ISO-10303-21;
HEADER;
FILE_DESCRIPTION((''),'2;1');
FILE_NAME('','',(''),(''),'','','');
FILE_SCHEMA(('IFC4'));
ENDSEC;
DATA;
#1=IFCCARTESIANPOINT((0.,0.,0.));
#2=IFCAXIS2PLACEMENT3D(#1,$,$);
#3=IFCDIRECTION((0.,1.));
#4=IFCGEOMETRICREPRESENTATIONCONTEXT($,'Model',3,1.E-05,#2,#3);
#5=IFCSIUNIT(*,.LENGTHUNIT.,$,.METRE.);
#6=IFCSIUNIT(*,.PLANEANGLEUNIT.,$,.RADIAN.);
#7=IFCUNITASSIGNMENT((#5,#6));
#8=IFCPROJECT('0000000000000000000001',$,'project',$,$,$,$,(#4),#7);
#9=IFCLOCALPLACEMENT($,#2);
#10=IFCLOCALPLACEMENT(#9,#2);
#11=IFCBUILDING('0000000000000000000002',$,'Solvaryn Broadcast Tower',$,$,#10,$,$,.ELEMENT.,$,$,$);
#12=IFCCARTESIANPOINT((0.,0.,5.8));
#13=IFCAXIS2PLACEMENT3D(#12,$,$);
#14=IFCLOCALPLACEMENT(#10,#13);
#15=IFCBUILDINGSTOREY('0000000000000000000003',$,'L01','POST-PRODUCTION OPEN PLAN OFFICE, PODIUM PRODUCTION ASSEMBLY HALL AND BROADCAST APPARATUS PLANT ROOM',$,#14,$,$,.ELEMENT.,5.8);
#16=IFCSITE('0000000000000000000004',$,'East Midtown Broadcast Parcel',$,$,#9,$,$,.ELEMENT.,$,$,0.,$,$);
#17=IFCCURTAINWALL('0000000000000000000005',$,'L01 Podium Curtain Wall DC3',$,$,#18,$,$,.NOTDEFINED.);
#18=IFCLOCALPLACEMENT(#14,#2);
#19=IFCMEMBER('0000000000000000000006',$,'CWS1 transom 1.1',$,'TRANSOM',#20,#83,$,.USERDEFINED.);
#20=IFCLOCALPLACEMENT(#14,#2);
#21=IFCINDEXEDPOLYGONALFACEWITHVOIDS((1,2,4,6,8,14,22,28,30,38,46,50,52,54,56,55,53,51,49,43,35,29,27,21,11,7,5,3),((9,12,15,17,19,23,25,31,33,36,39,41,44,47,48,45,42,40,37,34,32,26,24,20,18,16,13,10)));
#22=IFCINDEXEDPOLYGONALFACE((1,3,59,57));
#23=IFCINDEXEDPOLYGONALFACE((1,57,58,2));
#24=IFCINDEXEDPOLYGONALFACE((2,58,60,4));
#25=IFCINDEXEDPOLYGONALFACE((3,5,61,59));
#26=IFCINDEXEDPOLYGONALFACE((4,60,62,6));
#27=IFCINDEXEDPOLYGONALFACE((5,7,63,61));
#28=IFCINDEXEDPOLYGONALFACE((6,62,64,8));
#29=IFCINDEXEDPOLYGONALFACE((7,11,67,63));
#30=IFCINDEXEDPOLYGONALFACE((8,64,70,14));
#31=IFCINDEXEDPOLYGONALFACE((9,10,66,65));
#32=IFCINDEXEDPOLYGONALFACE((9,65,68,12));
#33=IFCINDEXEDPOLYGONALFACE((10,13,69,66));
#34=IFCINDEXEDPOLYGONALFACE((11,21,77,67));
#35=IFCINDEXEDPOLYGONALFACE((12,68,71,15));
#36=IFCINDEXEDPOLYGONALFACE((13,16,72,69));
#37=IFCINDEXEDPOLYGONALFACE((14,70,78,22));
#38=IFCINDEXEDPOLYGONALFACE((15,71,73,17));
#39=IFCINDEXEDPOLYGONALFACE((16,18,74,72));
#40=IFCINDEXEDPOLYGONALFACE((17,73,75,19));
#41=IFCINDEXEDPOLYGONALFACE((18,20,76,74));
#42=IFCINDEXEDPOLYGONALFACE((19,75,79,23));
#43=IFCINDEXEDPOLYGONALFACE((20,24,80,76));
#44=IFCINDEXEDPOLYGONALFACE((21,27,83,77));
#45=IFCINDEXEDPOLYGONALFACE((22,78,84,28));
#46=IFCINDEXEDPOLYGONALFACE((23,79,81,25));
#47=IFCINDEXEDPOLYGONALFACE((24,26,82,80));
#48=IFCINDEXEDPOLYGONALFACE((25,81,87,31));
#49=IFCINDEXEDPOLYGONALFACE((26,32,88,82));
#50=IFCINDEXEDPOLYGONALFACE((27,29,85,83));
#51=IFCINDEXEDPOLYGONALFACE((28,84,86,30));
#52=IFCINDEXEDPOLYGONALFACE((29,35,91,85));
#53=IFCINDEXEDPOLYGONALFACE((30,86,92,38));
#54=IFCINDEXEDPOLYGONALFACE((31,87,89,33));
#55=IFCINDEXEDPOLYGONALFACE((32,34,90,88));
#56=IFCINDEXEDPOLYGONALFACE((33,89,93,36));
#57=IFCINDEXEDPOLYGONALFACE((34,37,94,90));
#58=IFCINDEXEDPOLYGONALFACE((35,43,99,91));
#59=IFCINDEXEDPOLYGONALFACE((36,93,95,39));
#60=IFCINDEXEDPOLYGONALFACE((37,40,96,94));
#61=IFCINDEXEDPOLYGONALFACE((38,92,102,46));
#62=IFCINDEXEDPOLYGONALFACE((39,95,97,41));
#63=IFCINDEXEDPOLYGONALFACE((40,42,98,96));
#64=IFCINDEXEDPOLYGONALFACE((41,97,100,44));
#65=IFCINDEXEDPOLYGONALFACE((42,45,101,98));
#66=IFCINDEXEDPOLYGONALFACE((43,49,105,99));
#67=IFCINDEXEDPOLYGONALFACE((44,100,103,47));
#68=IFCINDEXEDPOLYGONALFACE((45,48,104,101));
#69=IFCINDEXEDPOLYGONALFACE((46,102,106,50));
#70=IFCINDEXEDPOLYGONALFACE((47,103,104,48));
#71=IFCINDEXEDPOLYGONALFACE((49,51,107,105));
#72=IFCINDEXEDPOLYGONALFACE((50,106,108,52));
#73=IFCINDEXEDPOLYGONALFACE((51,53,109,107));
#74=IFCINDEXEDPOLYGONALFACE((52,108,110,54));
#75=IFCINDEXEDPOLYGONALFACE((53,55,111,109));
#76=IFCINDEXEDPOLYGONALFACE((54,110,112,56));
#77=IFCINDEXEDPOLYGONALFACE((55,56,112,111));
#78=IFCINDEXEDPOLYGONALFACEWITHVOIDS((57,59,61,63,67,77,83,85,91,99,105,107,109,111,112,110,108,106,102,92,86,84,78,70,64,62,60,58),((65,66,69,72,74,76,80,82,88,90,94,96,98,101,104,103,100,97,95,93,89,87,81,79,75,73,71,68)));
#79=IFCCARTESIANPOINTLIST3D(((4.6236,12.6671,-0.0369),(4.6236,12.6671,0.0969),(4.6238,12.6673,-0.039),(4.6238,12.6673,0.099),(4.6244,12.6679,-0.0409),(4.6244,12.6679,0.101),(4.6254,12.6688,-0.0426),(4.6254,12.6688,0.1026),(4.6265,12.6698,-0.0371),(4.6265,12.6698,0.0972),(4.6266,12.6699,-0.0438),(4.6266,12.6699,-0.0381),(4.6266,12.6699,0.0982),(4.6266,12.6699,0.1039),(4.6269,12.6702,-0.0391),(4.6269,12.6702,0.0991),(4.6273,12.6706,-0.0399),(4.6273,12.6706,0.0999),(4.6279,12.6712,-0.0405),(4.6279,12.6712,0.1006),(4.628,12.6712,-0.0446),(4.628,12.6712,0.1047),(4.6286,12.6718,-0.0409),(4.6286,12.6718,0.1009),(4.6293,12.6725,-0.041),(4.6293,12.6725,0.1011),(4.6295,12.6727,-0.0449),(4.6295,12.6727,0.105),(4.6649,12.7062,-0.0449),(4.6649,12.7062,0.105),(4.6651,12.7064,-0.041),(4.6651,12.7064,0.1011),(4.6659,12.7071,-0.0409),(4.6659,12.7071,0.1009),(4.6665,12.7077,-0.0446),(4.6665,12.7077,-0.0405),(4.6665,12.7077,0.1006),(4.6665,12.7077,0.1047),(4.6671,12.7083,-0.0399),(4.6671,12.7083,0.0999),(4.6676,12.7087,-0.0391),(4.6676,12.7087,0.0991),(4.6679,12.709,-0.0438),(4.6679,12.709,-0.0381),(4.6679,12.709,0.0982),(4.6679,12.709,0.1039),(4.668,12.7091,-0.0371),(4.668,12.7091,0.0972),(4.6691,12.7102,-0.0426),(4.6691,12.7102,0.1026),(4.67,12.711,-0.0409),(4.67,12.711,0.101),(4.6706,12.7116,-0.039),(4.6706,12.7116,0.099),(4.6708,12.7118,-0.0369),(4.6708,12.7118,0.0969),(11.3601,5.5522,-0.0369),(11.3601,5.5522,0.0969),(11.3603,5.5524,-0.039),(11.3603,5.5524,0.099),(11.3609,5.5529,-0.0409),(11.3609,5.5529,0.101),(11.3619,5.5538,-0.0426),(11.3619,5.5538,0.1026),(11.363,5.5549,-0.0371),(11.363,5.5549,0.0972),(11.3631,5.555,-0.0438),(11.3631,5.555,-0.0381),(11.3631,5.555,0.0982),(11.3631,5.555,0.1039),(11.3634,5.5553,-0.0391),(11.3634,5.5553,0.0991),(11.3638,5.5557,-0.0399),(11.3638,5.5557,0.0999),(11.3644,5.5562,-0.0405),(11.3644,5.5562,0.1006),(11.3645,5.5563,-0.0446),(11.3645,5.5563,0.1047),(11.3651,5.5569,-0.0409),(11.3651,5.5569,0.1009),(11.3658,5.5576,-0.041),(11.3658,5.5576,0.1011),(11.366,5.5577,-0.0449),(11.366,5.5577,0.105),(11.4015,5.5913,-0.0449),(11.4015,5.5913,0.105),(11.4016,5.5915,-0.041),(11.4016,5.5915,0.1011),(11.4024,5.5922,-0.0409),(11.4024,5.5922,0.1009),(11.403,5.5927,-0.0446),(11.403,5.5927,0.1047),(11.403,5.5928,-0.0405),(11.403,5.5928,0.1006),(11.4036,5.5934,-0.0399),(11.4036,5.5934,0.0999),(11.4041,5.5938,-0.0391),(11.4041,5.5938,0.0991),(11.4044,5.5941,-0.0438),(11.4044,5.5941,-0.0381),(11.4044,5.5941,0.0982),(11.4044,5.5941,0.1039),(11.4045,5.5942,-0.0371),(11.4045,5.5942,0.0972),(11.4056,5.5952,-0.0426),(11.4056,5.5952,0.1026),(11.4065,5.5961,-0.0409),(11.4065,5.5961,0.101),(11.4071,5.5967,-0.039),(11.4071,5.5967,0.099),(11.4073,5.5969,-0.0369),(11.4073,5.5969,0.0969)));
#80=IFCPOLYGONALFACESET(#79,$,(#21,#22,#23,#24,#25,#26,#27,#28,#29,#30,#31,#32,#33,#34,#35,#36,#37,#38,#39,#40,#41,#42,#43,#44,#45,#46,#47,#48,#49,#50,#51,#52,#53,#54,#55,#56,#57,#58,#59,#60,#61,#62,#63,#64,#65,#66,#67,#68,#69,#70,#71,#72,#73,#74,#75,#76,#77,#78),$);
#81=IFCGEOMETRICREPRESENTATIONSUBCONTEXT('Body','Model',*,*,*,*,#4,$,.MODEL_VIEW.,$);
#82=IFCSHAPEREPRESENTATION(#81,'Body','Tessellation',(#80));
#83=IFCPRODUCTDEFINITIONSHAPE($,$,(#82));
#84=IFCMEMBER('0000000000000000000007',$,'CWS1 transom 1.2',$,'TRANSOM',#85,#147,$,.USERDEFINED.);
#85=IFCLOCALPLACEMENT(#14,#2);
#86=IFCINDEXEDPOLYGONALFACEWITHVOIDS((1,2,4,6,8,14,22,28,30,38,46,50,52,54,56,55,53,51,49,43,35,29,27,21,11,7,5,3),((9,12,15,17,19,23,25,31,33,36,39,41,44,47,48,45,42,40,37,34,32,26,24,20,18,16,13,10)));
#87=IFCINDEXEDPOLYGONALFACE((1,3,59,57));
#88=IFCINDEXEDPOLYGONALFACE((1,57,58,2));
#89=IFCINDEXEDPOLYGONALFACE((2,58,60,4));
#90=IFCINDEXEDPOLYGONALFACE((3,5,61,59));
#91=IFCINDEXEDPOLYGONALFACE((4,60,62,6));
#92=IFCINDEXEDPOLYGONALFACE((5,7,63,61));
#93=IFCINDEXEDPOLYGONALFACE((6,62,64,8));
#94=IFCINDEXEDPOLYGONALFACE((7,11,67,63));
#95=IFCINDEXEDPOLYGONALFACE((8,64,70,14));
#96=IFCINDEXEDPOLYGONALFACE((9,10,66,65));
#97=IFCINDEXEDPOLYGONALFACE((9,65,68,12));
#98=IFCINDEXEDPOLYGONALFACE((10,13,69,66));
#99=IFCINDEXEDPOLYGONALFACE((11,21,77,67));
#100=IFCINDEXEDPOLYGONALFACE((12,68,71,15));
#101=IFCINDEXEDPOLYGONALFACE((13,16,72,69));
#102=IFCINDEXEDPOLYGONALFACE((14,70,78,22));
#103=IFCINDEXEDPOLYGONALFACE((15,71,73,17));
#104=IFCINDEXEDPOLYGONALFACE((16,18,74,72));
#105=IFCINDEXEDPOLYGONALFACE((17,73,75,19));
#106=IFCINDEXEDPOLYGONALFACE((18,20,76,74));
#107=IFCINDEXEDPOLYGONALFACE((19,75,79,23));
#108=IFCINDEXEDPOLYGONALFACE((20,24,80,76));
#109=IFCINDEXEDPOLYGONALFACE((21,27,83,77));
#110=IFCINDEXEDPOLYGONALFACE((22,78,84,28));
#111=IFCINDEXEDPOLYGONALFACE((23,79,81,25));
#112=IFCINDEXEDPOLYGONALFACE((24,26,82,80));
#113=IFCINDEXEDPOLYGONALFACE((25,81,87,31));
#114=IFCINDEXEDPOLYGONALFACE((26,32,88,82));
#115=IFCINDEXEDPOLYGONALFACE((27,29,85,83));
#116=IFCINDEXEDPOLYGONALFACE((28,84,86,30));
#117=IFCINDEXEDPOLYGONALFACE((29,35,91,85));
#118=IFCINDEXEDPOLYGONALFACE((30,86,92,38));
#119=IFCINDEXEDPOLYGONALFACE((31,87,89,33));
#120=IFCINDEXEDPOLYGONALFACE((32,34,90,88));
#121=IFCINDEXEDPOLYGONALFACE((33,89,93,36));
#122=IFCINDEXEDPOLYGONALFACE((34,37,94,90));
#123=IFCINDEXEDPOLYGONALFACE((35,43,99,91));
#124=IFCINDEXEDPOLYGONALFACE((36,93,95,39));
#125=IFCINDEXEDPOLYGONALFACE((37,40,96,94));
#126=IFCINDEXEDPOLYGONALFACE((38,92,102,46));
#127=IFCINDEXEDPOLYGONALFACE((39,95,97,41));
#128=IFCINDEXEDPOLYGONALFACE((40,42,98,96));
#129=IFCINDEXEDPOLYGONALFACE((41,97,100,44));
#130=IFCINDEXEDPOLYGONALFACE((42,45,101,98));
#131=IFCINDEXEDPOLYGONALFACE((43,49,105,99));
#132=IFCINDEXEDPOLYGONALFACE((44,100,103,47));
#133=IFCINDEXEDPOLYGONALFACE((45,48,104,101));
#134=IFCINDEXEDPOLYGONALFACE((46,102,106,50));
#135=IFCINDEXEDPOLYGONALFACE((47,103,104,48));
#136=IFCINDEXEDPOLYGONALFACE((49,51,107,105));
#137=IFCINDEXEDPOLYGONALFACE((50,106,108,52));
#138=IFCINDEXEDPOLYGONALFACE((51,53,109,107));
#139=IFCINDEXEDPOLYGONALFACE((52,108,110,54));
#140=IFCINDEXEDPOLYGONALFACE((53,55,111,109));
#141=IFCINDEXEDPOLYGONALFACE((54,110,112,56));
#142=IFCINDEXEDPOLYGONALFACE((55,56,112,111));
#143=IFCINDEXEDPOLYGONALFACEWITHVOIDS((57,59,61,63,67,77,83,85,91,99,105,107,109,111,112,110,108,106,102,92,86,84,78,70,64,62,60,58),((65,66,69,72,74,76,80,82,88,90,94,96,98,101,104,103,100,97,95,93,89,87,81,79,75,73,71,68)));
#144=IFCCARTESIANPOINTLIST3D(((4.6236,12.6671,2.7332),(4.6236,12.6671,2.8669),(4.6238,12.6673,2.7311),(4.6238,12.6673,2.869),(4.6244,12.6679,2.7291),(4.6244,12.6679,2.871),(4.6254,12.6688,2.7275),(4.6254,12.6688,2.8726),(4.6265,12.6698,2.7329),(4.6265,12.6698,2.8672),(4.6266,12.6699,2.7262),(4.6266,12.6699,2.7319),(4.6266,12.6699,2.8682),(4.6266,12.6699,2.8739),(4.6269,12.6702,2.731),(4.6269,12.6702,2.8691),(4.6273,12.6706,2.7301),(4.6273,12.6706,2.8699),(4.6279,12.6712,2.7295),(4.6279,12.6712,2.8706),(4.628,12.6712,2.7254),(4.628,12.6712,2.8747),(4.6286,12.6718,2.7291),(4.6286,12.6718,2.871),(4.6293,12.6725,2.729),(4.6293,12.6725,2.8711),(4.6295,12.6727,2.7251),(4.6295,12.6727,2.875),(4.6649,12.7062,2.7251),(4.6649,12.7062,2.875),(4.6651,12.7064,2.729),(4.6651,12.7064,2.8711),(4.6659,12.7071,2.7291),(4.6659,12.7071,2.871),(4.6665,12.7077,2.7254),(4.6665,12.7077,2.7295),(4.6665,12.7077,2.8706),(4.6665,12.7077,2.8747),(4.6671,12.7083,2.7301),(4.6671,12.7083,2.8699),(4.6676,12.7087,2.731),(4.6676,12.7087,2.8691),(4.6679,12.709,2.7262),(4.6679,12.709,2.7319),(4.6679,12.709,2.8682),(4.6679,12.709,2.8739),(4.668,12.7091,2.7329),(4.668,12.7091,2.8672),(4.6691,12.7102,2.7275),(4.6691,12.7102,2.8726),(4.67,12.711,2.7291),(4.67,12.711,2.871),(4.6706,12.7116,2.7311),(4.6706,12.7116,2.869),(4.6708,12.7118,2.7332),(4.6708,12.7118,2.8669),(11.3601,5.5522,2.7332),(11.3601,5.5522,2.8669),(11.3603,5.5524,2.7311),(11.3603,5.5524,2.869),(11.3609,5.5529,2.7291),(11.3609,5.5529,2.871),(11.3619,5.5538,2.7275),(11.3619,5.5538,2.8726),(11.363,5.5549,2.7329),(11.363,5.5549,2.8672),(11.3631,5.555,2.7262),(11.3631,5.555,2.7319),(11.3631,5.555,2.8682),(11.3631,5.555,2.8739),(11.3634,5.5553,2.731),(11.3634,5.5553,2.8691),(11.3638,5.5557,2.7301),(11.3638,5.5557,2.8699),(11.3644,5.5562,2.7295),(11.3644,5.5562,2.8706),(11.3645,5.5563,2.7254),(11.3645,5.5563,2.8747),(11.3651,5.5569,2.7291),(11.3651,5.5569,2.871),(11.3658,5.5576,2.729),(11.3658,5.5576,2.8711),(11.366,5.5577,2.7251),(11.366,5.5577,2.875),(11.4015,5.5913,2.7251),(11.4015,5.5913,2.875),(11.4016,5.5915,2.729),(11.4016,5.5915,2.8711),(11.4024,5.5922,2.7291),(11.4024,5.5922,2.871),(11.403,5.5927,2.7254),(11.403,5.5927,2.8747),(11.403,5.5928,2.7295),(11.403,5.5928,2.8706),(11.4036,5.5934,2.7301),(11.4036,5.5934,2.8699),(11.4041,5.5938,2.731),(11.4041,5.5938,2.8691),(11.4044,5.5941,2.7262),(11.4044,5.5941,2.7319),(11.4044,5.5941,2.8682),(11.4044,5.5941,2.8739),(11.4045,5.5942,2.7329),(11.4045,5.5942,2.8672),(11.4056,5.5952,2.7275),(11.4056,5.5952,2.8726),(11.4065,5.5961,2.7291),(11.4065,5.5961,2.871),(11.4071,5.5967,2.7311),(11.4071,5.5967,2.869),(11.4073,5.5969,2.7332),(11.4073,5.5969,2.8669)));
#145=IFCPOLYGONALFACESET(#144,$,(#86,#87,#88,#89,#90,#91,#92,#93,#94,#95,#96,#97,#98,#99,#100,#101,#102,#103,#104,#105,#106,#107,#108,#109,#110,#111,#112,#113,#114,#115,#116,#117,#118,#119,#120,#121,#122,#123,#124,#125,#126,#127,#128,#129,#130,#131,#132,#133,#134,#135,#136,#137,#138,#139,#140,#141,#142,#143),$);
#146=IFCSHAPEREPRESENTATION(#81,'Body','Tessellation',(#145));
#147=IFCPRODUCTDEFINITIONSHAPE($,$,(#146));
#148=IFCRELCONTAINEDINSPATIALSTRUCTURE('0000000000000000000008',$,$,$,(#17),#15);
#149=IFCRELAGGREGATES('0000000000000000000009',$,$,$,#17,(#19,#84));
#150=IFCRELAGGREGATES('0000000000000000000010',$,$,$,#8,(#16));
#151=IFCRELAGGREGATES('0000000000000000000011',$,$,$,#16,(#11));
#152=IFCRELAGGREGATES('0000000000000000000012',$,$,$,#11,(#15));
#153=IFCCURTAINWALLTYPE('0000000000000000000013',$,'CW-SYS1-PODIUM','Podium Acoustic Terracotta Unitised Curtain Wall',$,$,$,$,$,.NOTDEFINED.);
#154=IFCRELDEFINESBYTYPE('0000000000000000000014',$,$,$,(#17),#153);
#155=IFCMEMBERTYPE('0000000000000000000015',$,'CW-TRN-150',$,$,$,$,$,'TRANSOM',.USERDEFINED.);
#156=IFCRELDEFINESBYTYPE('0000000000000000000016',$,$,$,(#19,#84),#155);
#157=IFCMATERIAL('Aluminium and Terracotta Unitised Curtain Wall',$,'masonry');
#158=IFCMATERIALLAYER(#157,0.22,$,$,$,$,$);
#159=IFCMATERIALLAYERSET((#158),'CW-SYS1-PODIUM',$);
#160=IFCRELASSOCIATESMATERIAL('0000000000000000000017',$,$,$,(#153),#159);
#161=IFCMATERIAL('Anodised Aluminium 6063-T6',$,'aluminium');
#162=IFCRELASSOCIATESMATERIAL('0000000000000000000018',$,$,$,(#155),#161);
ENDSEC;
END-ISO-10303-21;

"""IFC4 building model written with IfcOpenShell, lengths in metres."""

from ifc_helpers import new_model, si_unit, direction, frame, origin, origin_2d, place, context, subcontext, project, spatial, hollow_rectangle, extrude, material, layer, layer_set, material_profile, profile_set, type_object, element, aggregate, save


model = new_model("IFC4")

# Units and contexts
model_context = context("Model", 3, precision=1e-05, world=origin(), true_north=direction((0.0, 1.0)))
body_context = subcontext(model_context, "Body", "Model", "MODEL_VIEW")
ifc_project = project(units=[si_unit("LENGTHUNIT", "METRE"), si_unit("PLANEANGLEUNIT", "RADIAN")], contexts=[model_context])

# Site, building, storey
site_placement = place(None, origin())
site = spatial("IfcSite", under=ifc_project, at=site_placement, Name="East Midtown Broadcast Parcel", CompositionType="ELEMENT", RefElevation=0.0)
building_placement = place(site_placement, origin())
building = spatial("IfcBuilding", under=site, at=building_placement, Name="Solvaryn Broadcast Tower", CompositionType="ELEMENT")
storey_placement = place(building_placement, frame((0.0, 0.0, 5.8)))
storey = spatial("IfcBuildingStorey", under=building, at=storey_placement, Name="L01", Description="POST-PRODUCTION OPEN PLAN OFFICE, PODIUM PRODUCTION ASSEMBLY HALL AND BROADCAST APPARATUS PLANT ROOM", CompositionType="ELEMENT", Elevation=5.8)

# Shared definitions
ifc_material_1 = material(Name="Aluminium and Terracotta Unitised Curtain Wall", Category="masonry")
ifc_layer_1 = layer(ifc_material_1, 0.22)
ifc_layer_set_1 = layer_set([ifc_layer_1], Name="CW-SYS1-PODIUM")
curtain_wall_type = type_object("IfcCurtainWallType", Name="CW-SYS1-PODIUM", Description="Podium Acoustic Terracotta Unitised Curtain Wall", PredefinedType="NOTDEFINED", material=ifc_layer_set_1)

# Curtain wall, members
curtain_wall_1_placement = place(storey_placement, origin())
curtain_wall_1 = element("IfcCurtainWall", 1, at=curtain_wall_1_placement, inside=storey, type_object=curtain_wall_type, Name="L01 Podium Curtain Wall DC3", PredefinedType="NOTDEFINED")
ifc_material_2 = material(Name="Anodised Aluminium 6063-T6", Category="aluminium")
ifc_material_profile_1 = material_profile(ifc_material_2, hollow_rectangle(XDim=0.0649, YDim=0.1499, WallThickness=0.0039, InnerFilletRadius=0.0039, OuterFilletRadius=0.0081, at=origin_2d()))
ifc_profile_set_1 = profile_set([ifc_material_profile_1], Name="Anodised Aluminium 6063-T6")
member_type_1 = type_object("IfcMemberType", Name="CW-TRN-150", ElementType="TRANSOM", PredefinedType="USERDEFINED", material=ifc_profile_set_1)
member_1_placement = place(storey_placement, frame((4.6472, 12.6895, 0.03), z_axis=(0.687532, -0.726154, 0.0), x_axis=(0.726154, 0.687532, 0.0)))
member_1 = element("IfcMember", 2, at=member_1_placement, type_object=member_type_1, Name="CWS1 transom 1.1", ObjectType="TRANSOM", PredefinedType="USERDEFINED", context=body_context, shape_type="SweptSolid", body=[
    extrude(hollow_rectangle(XDim=0.0649, YDim=0.1499, WallThickness=0.0039, InnerFilletRadius=0.0039, OuterFilletRadius=0.0081, at=origin_2d()), origin(), (0.0, 0.0, 1.0), 9.7981),
])
member_2_placement = place(storey_placement, frame((4.6472, 12.6895, 2.8), z_axis=(0.687532, -0.726154, 0.0), x_axis=(0.726154, 0.687532, 0.0)))
member_2 = element("IfcMember", 3, at=member_2_placement, type_object=member_type_1, Name="CWS1 transom 1.2", ObjectType="TRANSOM", PredefinedType="USERDEFINED", context=body_context, shape_type="SweptSolid", body=[
    extrude(hollow_rectangle(XDim=0.0649, YDim=0.1499, WallThickness=0.0039, InnerFilletRadius=0.0039, OuterFilletRadius=0.0081, at=origin_2d()), origin(), (0.0, 0.0, 1.0), 9.7981),
])
aggregate(curtain_wall_1, [member_1, member_2])

save(model, "model.ifc")
